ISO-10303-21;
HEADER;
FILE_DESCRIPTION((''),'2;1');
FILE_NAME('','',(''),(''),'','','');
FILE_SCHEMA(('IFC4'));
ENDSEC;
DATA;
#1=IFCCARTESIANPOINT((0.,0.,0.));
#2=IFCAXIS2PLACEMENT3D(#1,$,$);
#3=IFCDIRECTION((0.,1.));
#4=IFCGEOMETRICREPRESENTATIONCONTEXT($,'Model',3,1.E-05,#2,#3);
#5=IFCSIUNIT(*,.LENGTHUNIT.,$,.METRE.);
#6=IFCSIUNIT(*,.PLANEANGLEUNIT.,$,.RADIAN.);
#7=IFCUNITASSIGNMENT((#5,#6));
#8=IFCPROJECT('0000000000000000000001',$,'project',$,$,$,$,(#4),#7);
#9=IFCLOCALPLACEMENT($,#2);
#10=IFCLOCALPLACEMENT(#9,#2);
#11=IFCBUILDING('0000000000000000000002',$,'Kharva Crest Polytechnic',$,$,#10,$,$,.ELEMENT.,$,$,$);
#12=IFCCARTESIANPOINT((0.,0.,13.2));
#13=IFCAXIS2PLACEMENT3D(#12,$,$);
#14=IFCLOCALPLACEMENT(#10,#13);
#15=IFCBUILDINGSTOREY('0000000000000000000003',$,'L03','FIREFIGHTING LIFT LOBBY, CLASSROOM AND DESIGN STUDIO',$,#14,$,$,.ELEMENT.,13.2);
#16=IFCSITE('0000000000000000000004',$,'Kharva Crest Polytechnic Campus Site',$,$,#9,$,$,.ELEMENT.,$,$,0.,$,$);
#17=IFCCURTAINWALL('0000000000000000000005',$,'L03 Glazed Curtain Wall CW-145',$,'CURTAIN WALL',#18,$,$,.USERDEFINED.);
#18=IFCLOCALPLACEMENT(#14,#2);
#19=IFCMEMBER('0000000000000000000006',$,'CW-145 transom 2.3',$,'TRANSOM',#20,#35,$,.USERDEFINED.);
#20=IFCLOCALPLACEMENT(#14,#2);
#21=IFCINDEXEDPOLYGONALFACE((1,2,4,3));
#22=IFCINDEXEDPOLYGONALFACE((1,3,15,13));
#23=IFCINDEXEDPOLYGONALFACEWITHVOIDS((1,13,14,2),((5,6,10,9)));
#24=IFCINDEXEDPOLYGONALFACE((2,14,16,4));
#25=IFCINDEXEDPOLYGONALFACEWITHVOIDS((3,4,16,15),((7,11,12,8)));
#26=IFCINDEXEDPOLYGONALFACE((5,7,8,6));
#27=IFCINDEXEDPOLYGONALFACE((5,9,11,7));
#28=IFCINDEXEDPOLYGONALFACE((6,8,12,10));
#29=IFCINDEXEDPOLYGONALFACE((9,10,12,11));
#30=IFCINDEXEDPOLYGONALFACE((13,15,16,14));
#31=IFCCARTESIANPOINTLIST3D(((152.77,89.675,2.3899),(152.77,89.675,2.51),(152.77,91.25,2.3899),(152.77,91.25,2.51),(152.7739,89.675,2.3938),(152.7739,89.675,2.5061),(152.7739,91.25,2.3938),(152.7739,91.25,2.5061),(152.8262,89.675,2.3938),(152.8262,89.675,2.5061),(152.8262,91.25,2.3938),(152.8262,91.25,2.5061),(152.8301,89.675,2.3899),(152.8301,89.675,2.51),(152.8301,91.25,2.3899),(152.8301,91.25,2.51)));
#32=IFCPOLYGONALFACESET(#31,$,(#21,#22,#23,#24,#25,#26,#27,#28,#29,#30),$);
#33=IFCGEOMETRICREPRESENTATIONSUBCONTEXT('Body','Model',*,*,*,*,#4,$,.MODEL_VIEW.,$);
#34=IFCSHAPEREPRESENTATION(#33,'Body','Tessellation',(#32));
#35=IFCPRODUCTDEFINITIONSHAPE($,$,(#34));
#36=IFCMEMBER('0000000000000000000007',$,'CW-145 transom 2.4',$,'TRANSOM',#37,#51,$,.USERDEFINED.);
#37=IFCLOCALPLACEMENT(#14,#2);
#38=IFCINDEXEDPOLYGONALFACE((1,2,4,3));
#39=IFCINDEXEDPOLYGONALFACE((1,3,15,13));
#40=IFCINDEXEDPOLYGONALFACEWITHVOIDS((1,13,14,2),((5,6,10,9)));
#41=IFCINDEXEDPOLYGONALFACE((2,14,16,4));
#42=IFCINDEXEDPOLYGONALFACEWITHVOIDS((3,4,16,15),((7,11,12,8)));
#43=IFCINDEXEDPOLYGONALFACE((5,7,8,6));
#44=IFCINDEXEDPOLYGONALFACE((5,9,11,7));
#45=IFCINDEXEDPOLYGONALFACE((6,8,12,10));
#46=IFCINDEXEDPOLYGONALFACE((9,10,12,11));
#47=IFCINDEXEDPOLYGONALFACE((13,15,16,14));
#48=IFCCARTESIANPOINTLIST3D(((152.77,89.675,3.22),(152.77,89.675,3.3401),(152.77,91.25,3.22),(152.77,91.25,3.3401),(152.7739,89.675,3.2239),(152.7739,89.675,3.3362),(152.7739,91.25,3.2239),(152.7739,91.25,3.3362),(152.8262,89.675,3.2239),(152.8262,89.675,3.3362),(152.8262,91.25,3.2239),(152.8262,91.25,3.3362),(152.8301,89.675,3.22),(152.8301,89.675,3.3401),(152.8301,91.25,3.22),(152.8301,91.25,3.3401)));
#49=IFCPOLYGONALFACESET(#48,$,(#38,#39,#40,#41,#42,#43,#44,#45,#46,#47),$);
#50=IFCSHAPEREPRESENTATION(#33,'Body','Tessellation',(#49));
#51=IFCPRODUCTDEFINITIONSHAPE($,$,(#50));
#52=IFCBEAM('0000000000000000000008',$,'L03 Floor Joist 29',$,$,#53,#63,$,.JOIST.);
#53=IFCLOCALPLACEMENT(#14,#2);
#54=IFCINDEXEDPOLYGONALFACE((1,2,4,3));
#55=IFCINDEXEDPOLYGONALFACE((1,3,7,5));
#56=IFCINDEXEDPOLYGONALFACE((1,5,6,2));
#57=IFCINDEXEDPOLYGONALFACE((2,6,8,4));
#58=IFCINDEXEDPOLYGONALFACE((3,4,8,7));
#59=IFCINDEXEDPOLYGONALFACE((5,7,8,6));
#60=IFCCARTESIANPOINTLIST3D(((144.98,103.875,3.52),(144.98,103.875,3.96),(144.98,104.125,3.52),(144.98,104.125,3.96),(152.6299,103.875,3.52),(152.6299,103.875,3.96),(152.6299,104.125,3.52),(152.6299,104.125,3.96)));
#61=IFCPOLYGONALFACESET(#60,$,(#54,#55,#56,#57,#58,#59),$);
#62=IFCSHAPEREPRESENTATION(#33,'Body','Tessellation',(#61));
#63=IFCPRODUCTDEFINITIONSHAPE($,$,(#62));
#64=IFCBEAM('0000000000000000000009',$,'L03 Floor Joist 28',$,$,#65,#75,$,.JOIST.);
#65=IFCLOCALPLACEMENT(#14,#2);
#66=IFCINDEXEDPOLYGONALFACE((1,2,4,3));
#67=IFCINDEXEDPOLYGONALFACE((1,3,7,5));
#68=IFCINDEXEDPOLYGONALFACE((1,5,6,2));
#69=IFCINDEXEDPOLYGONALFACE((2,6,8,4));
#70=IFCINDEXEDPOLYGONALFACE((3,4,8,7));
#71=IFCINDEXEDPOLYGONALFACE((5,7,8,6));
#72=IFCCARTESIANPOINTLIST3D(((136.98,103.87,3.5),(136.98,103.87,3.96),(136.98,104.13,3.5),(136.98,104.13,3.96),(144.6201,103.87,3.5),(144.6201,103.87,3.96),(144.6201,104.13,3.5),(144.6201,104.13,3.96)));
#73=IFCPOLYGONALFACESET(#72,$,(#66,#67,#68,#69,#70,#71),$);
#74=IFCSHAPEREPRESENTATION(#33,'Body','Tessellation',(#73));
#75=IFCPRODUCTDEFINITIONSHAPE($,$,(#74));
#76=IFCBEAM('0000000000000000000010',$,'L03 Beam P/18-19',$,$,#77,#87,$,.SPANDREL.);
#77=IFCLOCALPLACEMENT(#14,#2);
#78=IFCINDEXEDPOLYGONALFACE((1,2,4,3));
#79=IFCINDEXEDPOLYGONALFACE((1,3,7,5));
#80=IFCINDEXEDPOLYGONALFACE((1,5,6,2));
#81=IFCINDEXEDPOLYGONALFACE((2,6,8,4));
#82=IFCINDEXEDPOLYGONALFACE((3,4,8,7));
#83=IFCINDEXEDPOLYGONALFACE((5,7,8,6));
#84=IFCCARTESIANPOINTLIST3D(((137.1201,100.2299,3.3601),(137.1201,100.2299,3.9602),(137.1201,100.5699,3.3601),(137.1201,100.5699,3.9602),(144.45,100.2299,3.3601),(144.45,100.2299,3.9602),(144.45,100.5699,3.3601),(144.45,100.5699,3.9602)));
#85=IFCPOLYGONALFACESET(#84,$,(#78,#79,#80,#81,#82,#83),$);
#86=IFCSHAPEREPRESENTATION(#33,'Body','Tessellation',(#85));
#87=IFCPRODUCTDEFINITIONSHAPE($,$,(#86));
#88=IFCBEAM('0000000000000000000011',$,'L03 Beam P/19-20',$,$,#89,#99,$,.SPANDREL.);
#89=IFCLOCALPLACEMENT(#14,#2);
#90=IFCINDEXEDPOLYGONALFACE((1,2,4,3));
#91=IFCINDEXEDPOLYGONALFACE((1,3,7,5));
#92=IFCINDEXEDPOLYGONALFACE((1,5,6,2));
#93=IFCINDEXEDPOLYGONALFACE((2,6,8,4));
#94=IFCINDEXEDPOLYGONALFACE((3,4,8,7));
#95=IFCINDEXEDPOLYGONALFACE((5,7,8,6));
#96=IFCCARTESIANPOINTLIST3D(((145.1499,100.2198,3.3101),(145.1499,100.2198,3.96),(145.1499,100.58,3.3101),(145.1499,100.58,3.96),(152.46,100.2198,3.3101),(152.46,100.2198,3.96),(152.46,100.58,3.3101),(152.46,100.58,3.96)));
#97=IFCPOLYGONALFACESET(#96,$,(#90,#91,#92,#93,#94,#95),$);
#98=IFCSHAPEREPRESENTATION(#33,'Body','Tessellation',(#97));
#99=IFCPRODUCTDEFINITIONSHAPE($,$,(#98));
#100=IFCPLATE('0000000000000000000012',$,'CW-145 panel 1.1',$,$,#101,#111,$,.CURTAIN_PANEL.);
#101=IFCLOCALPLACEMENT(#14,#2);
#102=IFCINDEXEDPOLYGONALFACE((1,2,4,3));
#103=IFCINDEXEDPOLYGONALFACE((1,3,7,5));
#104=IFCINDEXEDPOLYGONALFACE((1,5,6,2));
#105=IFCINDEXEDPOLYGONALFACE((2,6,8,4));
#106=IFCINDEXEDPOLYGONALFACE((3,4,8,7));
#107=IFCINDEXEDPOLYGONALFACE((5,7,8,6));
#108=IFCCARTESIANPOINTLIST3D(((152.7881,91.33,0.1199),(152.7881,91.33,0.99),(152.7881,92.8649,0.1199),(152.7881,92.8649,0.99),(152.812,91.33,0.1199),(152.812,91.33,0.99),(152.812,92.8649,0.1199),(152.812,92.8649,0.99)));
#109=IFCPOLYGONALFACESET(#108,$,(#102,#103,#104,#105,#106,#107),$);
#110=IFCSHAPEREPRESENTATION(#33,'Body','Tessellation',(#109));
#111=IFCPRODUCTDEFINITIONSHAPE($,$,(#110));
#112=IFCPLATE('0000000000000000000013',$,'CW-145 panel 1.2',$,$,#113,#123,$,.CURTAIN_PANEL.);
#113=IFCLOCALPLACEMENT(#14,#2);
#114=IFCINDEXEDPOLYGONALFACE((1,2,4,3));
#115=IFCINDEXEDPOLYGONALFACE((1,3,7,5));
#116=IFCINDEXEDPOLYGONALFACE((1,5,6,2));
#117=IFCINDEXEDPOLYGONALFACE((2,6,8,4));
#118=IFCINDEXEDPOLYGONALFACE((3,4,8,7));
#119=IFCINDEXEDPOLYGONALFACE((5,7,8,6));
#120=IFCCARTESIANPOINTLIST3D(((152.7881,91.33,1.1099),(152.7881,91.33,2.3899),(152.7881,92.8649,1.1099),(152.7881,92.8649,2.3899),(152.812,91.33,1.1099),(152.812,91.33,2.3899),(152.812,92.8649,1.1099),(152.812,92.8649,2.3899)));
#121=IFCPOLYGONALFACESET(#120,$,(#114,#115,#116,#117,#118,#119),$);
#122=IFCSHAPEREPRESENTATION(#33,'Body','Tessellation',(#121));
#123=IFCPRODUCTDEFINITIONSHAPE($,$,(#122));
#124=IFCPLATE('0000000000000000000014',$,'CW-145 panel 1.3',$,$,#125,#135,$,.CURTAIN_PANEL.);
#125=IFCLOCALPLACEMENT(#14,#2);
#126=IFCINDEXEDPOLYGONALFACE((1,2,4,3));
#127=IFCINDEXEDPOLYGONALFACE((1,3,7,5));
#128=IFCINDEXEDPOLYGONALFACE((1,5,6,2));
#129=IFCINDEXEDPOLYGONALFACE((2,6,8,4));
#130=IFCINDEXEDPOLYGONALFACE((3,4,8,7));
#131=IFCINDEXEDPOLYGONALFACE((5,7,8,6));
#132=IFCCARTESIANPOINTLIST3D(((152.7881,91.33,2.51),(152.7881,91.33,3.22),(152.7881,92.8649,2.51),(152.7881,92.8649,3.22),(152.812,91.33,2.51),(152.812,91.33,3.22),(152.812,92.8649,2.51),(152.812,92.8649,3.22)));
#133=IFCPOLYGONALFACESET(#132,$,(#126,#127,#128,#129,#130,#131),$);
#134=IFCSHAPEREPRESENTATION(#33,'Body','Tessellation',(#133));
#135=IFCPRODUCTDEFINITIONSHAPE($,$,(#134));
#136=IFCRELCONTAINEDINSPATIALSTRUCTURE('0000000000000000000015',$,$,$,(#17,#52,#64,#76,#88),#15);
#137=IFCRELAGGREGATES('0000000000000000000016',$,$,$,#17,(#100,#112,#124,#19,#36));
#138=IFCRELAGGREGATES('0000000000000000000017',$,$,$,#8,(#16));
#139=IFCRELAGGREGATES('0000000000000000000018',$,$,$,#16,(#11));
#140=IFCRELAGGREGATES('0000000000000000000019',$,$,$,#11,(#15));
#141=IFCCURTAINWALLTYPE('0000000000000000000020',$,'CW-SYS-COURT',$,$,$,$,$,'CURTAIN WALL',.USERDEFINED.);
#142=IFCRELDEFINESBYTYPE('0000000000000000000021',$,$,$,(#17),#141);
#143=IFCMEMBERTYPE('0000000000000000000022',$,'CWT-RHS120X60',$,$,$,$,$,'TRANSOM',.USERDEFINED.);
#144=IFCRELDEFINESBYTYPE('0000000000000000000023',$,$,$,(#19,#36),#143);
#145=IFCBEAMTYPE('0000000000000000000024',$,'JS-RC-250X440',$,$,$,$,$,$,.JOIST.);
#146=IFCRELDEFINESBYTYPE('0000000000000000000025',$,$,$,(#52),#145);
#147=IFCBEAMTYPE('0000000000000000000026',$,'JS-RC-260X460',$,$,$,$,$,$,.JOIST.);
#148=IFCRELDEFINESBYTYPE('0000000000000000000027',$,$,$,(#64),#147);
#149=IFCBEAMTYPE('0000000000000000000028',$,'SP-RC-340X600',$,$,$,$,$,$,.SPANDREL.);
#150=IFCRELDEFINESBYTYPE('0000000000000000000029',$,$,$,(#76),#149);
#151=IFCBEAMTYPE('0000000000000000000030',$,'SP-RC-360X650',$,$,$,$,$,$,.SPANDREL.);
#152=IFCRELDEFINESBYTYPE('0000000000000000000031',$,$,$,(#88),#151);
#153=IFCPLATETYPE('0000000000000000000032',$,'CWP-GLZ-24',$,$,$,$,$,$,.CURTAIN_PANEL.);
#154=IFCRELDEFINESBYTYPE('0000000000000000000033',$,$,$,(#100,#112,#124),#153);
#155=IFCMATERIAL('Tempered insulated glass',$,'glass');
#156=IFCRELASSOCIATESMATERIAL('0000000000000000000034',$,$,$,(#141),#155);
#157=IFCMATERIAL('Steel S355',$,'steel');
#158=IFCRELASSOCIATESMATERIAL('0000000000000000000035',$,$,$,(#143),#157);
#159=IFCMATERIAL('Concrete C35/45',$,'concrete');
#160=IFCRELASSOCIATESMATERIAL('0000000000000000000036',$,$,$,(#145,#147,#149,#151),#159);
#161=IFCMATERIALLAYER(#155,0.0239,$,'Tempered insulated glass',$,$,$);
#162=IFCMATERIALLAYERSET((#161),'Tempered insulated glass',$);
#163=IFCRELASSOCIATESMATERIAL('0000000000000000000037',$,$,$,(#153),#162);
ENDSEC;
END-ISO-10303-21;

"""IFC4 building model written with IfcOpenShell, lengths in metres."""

from ifc_helpers import new_model, si_unit, direction, frame, origin, origin_2d, place, context, subcontext, project, spatial, rectangle, hollow_rectangle, extrude, material, layer, layer_set, material_profile, profile_set, type_object, element, aggregate, save


model = new_model("IFC4")

# Units and contexts
model_context = context("Model", 3, precision=1e-05, world=origin(), true_north=direction((0.0, 1.0)))
body_context = subcontext(model_context, "Body", "Model", "MODEL_VIEW")
ifc_project = project(units=[si_unit("LENGTHUNIT", "METRE"), si_unit("PLANEANGLEUNIT", "RADIAN")], contexts=[model_context])

# Site, building, storey
site_placement = place(None, origin())
site = spatial("IfcSite", under=ifc_project, at=site_placement, Name="Kharva Crest Polytechnic Campus Site", CompositionType="ELEMENT", RefElevation=0.0)
building_placement = place(site_placement, origin())
building = spatial("IfcBuilding", under=site, at=building_placement, Name="Kharva Crest Polytechnic", CompositionType="ELEMENT")
storey_placement = place(building_placement, frame((0.0, 0.0, 13.2)))
storey = spatial("IfcBuildingStorey", under=building, at=storey_placement, Name="L03", Description="FIREFIGHTING LIFT LOBBY, CLASSROOM AND DESIGN STUDIO", CompositionType="ELEMENT", Elevation=13.2)

# Shared definitions
ifc_material_1 = material(Name="Concrete C35/45", Category="concrete")

# Curtain wall, members
ifc_material_2 = material(Name="Tempered insulated glass", Category="glass")
curtain_wall_type = type_object("IfcCurtainWallType", Name="CW-SYS-COURT", ElementType="CURTAIN WALL", PredefinedType="USERDEFINED", material=ifc_material_2)
curtain_wall_placement = place(storey_placement, origin())
curtain_wall = element("IfcCurtainWall", 1, at=curtain_wall_placement, inside=storey, type_object=curtain_wall_type, Name="L03 Glazed Curtain Wall CW-145", ObjectType="CURTAIN WALL", PredefinedType="USERDEFINED")
ifc_material_3 = material(Name="Steel S355", Category="steel")
ifc_material_profile_1 = material_profile(ifc_material_3, hollow_rectangle(XDim=0.0601, YDim=0.1201, WallThickness=0.0039, at=origin_2d()), Name="RHS 120X60X4.0")
ifc_profile_set_1 = profile_set([ifc_material_profile_1], Name="Steel S355")
member_type_1 = type_object("IfcMemberType", Name="CWT-RHS120X60", ElementType="TRANSOM", PredefinedType="USERDEFINED", material=ifc_profile_set_1)
member_1_placement = place(storey_placement, frame((152.8, 91.25, 2.45), z_axis=(0.0, -1.0, 0.0), x_axis=(1.0, 0.0, 0.0)))
member_1 = element("IfcMember", 2, at=member_1_placement, type_object=member_type_1, Name="CW-145 transom 2.3", ObjectType="TRANSOM", PredefinedType="USERDEFINED", context=body_context, shape_type="SweptSolid", body=[
    extrude(hollow_rectangle(XDim=0.0601, YDim=0.1201, WallThickness=0.0039, at=origin_2d()), origin(), (0.0, 0.0, 1.0), 1.575),
])
member_2_placement = place(storey_placement, frame((152.8, 91.25, 3.28), z_axis=(0.0, -1.0, 0.0), x_axis=(1.0, 0.0, 0.0)))
member_2 = element("IfcMember", 3, at=member_2_placement, type_object=member_type_1, Name="CW-145 transom 2.4", ObjectType="TRANSOM", PredefinedType="USERDEFINED", context=body_context, shape_type="SweptSolid", body=[
    extrude(hollow_rectangle(XDim=0.0601, YDim=0.1201, WallThickness=0.0039, at=origin_2d()), origin(), (0.0, 0.0, 1.0), 1.575),
])

# Beams
ifc_material_profile_2 = material_profile(ifc_material_1, rectangle(XDim=0.25, YDim=0.4399, at=origin_2d()), Name="RECT 250 X 440")
ifc_profile_set_2 = profile_set([ifc_material_profile_2], Name="Concrete C35/45")
beam_type_1 = type_object("IfcBeamType", Name="JS-RC-250X440", PredefinedType="JOIST", material=ifc_profile_set_2)
beam_1_placement = place(storey_placement, frame((144.98, 104.0, 3.74), z_axis=(1.0, 0.0, 0.0), x_axis=(0.0, 1.0, 0.0)))
element("IfcBeam", 4, at=beam_1_placement, inside=storey, type_object=beam_type_1, Name="L03 Floor Joist 29", PredefinedType="JOIST", context=body_context, shape_type="SweptSolid", body=[
    extrude(rectangle(XDim=0.25, YDim=0.4399, at=origin_2d()), origin(), (0.0, 0.0, 1.0), 7.6499),
])
ifc_material_profile_3 = material_profile(ifc_material_1, rectangle(XDim=0.26, YDim=0.46, at=origin_2d()), Name="RECT 260 X 460")
ifc_profile_set_3 = profile_set([ifc_material_profile_3], Name="Concrete C35/45")
beam_type_2 = type_object("IfcBeamType", Name="JS-RC-260X460", PredefinedType="JOIST", material=ifc_profile_set_3)
beam_2_placement = place(storey_placement, frame((136.98, 104.0, 3.73), z_axis=(1.0, 0.0, 0.0), x_axis=(0.0, 1.0, 0.0)))
element("IfcBeam", 5, at=beam_2_placement, inside=storey, type_object=beam_type_2, Name="L03 Floor Joist 28", PredefinedType="JOIST", context=body_context, shape_type="SweptSolid", body=[
    extrude(rectangle(XDim=0.26, YDim=0.46, at=origin_2d()), origin(), (0.0, 0.0, 1.0), 7.6401),
])
ifc_material_profile_4 = material_profile(ifc_material_1, rectangle(XDim=0.3401, YDim=0.6001, at=origin_2d()), Name="RECT 340 X 600")
ifc_profile_set_4 = profile_set([ifc_material_profile_4], Name="Concrete C35/45")
beam_type_3 = type_object("IfcBeamType", Name="SP-RC-340X600", PredefinedType="SPANDREL", material=ifc_profile_set_4)
beam_3_placement = place(storey_placement, frame((137.1201, 100.3999, 3.6602), z_axis=(1.0, 0.0, 0.0), x_axis=(0.0, 1.0, 0.0)))
element("IfcBeam", 6, at=beam_3_placement, inside=storey, type_object=beam_type_3, Name="L03 Beam P/18-19", PredefinedType="SPANDREL", context=body_context, shape_type="SweptSolid", body=[
    extrude(rectangle(XDim=0.3401, YDim=0.6001, at=origin_2d()), origin(), (0.0, 0.0, 1.0), 7.3298),
])
ifc_material_profile_5 = material_profile(ifc_material_1, rectangle(XDim=0.3601, YDim=0.6499, at=origin_2d()), Name="RECT 360 X 650")
ifc_profile_set_5 = profile_set([ifc_material_profile_5], Name="Concrete C35/45")
beam_type_4 = type_object("IfcBeamType", Name="SP-RC-360X650", PredefinedType="SPANDREL", material=ifc_profile_set_5)
beam_4_placement = place(storey_placement, frame((145.1499, 100.3999, 3.635), z_axis=(1.0, 0.0, 0.0), x_axis=(0.0, 1.0, 0.0)))
element("IfcBeam", 7, at=beam_4_placement, inside=storey, type_object=beam_type_4, Name="L03 Beam P/19-20", PredefinedType="SPANDREL", context=body_context, shape_type="SweptSolid", body=[
    extrude(rectangle(XDim=0.3601, YDim=0.6499, at=origin_2d()), origin(), (0.0, 0.0, 1.0), 7.3101),
])

# Plates
ifc_layer_1 = layer(ifc_material_2, 0.0239, Name="Tempered insulated glass")
ifc_layer_set_1 = layer_set([ifc_layer_1], Name="Tempered insulated glass")
plate_type = type_object("IfcPlateType", Name="CWP-GLZ-24", PredefinedType="CURTAIN_PANEL", material=ifc_layer_set_1)
plate_1_placement = place(storey_placement, frame((152.8, 92.0974, 0.1199), z_axis=(0.0, 0.0, 1.0), x_axis=(0.0, -1.0, 0.0)))
plate_1 = element("IfcPlate", 8, at=plate_1_placement, type_object=plate_type, Name="CW-145 panel 1.1", PredefinedType="CURTAIN_PANEL", context=body_context, shape_type="SweptSolid", body=[
    extrude(rectangle(XDim=1.5349, YDim=0.0239, at=origin_2d()), origin(), (0.0, 0.0, 1.0), 0.8701),
])
plate_2_placement = place(storey_placement, frame((152.8, 92.0974, 1.1099), z_axis=(0.0, 0.0, 1.0), x_axis=(0.0, -1.0, 0.0)))
plate_2 = element("IfcPlate", 9, at=plate_2_placement, type_object=plate_type, Name="CW-145 panel 1.2", PredefinedType="CURTAIN_PANEL", context=body_context, shape_type="SweptSolid", body=[
    extrude(rectangle(XDim=1.5349, YDim=0.0239, at=origin_2d()), origin(), (0.0, 0.0, 1.0), 1.28),
])
plate_3_placement = place(storey_placement, frame((152.8, 92.0974, 2.51), z_axis=(0.0, 0.0, 1.0), x_axis=(0.0, -1.0, 0.0)))
plate_3 = element("IfcPlate", 10, at=plate_3_placement, type_object=plate_type, Name="CW-145 panel 1.3", PredefinedType="CURTAIN_PANEL", context=body_context, shape_type="SweptSolid", body=[
    extrude(rectangle(XDim=1.5349, YDim=0.0239, at=origin_2d()), origin(), (0.0, 0.0, 1.0), 0.71),
])
aggregate(curtain_wall, [plate_1, plate_2, plate_3, member_1, member_2])

save(model, "model.ifc")
